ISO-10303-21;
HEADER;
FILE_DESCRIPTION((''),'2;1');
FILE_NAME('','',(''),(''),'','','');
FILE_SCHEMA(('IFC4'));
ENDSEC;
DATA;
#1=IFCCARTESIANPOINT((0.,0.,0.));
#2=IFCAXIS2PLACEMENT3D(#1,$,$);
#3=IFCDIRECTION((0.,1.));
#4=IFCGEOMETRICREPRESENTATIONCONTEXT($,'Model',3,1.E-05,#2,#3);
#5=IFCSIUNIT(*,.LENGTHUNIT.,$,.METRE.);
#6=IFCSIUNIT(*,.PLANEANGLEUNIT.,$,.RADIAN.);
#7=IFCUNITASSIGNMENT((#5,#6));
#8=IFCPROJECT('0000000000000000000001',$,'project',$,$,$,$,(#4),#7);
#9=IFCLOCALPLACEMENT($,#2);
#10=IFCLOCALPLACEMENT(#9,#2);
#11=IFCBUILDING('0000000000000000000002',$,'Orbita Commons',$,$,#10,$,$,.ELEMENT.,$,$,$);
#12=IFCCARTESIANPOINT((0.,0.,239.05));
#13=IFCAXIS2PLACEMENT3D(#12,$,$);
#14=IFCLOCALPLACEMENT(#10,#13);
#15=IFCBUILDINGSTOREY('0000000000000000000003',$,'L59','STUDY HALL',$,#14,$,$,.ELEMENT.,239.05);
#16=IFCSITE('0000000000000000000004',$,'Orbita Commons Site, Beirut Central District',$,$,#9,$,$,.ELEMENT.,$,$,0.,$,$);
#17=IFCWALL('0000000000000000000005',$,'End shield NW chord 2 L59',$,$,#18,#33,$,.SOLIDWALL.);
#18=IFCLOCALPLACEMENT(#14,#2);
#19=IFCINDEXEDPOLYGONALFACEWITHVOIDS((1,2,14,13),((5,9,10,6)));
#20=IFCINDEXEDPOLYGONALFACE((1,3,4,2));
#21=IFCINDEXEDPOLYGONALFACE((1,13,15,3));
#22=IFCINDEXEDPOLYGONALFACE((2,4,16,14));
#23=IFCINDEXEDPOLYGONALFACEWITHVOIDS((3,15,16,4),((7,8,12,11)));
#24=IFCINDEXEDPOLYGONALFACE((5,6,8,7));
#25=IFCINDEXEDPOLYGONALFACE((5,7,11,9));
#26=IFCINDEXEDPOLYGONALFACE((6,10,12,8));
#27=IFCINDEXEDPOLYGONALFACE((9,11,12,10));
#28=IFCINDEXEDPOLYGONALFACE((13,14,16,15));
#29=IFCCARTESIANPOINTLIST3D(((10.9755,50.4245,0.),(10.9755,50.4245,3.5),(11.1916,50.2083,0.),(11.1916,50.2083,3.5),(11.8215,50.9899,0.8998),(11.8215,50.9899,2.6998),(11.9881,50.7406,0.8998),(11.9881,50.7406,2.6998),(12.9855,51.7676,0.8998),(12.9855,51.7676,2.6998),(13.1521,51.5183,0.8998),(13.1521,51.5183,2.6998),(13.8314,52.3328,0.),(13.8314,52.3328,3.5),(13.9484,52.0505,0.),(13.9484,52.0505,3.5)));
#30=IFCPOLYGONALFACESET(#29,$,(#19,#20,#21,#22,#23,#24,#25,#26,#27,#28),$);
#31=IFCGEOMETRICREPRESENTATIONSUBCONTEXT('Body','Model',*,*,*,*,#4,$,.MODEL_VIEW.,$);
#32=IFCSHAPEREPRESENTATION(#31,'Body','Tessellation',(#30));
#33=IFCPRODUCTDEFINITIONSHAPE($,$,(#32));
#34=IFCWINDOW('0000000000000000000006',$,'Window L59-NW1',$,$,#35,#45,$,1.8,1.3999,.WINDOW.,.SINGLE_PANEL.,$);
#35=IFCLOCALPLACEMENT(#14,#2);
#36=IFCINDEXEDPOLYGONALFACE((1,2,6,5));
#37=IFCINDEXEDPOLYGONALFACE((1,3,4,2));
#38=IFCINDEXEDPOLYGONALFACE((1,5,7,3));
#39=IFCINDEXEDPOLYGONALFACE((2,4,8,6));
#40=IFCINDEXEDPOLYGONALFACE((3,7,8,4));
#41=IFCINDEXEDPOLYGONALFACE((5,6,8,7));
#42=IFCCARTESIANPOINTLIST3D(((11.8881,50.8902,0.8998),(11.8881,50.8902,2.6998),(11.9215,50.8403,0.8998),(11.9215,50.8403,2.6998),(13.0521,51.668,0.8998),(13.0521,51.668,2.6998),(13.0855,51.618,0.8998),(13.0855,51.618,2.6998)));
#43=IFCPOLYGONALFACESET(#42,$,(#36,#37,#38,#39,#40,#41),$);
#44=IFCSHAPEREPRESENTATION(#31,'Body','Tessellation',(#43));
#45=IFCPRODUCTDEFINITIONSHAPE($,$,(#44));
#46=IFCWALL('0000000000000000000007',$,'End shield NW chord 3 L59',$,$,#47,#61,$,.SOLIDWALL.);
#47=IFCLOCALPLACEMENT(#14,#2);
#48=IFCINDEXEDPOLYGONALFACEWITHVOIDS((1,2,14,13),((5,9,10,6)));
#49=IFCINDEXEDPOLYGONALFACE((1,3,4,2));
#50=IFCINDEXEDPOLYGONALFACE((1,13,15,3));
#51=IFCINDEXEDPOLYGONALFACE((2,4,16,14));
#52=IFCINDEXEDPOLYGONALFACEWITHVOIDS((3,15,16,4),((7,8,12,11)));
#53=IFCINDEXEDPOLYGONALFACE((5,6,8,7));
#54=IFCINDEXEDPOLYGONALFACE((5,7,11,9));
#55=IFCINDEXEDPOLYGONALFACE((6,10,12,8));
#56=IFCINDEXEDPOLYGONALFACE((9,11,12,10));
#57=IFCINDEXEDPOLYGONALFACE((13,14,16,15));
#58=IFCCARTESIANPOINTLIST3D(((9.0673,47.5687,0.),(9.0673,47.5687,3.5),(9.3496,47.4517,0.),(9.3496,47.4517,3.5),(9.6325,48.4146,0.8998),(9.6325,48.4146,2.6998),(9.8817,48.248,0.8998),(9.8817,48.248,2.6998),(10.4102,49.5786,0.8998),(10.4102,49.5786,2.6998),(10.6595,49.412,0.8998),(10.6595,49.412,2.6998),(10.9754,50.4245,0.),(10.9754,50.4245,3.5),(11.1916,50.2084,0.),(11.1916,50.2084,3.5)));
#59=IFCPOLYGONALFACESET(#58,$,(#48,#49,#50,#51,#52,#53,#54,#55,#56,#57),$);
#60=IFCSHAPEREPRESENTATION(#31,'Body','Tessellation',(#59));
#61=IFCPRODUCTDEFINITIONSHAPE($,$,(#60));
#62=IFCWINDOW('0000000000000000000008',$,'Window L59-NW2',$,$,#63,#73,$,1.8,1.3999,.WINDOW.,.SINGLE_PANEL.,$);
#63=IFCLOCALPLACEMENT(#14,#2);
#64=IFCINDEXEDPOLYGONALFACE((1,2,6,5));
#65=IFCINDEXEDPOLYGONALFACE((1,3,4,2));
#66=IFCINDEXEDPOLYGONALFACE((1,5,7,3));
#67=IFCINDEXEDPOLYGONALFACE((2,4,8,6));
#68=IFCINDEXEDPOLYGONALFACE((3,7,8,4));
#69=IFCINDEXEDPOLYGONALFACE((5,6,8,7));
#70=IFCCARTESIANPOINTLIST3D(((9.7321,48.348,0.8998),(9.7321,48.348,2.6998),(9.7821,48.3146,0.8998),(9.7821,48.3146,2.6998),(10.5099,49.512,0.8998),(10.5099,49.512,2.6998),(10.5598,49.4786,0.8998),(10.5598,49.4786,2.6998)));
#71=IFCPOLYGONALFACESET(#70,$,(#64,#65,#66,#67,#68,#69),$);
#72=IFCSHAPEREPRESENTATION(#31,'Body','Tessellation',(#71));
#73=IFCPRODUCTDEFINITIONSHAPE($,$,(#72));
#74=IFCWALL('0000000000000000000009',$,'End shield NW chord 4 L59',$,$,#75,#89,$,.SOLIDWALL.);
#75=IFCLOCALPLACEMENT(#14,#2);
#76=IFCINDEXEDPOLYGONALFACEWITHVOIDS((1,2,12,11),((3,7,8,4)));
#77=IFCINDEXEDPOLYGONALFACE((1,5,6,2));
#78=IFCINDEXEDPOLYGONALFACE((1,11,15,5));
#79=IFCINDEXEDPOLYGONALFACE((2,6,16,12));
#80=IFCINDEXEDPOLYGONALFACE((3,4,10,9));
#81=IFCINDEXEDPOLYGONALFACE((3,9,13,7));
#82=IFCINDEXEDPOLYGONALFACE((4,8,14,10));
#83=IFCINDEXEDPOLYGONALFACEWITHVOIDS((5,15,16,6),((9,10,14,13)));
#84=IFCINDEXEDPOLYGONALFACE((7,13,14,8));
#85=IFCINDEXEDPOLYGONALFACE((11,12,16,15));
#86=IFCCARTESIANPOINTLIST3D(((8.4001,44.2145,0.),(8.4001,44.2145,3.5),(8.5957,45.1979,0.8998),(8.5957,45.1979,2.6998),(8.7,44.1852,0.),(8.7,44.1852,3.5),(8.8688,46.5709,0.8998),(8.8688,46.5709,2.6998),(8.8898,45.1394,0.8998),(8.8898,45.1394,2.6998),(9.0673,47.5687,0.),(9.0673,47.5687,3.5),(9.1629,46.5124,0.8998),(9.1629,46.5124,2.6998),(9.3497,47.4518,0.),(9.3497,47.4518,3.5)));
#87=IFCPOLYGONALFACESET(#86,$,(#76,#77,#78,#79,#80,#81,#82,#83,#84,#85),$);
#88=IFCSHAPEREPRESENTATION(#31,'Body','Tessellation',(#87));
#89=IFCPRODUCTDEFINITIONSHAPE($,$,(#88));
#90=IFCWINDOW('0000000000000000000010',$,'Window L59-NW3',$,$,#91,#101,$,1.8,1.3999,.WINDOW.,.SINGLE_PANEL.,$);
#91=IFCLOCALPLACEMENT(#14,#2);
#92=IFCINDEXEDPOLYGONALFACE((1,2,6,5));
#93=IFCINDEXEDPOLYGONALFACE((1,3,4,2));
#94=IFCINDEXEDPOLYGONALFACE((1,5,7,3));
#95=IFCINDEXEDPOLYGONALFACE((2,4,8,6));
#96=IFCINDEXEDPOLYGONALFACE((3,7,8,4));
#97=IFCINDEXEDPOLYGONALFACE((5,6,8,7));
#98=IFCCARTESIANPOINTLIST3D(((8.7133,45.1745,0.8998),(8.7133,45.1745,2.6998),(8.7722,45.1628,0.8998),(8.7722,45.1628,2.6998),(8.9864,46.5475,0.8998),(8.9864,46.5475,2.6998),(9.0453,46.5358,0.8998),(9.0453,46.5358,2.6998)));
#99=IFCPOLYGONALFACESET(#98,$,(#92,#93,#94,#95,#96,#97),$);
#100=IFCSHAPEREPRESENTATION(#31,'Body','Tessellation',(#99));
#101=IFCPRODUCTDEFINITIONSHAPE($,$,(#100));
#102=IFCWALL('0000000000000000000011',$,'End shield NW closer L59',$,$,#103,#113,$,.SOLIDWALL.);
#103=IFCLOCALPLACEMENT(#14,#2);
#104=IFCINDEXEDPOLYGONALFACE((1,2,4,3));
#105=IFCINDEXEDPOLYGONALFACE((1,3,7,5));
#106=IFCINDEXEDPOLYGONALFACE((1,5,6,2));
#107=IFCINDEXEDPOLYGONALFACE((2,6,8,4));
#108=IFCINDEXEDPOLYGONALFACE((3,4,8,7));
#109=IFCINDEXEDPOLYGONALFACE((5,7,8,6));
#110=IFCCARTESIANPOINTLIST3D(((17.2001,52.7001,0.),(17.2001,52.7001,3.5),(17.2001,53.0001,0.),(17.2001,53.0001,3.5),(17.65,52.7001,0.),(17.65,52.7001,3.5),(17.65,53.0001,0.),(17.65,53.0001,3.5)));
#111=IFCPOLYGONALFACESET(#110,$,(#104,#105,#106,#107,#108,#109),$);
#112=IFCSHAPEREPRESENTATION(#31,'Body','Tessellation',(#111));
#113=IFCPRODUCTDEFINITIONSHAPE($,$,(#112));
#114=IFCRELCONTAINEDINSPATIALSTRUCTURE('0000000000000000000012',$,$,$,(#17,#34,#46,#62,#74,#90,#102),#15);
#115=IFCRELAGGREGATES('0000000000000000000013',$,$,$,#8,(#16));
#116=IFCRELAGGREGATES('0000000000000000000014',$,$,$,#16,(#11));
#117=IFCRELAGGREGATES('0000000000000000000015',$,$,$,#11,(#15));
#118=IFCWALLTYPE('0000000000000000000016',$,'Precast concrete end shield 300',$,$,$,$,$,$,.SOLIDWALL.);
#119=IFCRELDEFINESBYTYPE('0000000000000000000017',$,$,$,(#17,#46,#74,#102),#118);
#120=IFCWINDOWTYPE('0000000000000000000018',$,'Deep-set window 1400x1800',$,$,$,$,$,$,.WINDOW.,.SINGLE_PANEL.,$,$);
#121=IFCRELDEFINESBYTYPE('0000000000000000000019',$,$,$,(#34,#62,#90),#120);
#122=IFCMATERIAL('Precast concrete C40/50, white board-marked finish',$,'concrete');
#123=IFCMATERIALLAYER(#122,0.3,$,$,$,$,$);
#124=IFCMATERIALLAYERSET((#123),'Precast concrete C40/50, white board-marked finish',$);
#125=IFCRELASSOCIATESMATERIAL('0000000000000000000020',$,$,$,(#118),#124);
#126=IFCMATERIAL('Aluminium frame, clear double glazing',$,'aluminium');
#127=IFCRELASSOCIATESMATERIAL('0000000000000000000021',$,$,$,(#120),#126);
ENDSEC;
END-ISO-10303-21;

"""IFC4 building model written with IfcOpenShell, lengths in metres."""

from ifc_helpers import new_model, si_unit, direction, frame, frame_2d, origin, place, context, subcontext, project, spatial, polyline, rectangle, outline, extrude, material, layer, layer_set, type_object, element, fill, save


model = new_model("IFC4")

# Units and contexts
model_context = context("Model", 3, precision=1e-05, world=origin(), true_north=direction((0.0, 1.0)))
body_context = subcontext(model_context, "Body", "Model", "MODEL_VIEW")
ifc_project = project(units=[si_unit("LENGTHUNIT", "METRE"), si_unit("PLANEANGLEUNIT", "RADIAN")], contexts=[model_context])

# Site, building, storey
site_placement = place(None, origin())
site = spatial("IfcSite", under=ifc_project, at=site_placement, Name="Orbita Commons Site, Beirut Central District", CompositionType="ELEMENT", RefElevation=0.0)
building_placement = place(site_placement, origin())
building = spatial("IfcBuilding", under=site, at=building_placement, Name="Orbita Commons", CompositionType="ELEMENT")
storey_placement = place(building_placement, frame((0.0, 0.0, 239.05)))
storey = spatial("IfcBuildingStorey", under=building, at=storey_placement, Name="L59", Description="STUDY HALL", CompositionType="ELEMENT", Elevation=239.05)

# Walls, openings, windows
ifc_material_1 = material(Name="Precast concrete C40/50, white board-marked finish", Category="concrete")
ifc_layer_1 = layer(ifc_material_1, 0.3)
ifc_layer_set_1 = layer_set([ifc_layer_1], Name="Precast concrete C40/50, white board-marked finish")
wall_type_1 = type_object("IfcWallType", Name="Precast concrete end shield 300", PredefinedType="SOLIDWALL", material=ifc_layer_set_1)
ifc_material_2 = material(Name="Aluminium frame, clear double glazing", Category="aluminium")
window_type = type_object("IfcWindowType", Name="Deep-set window 1400x1800", PartitioningType="SINGLE_PANEL", PredefinedType="WINDOW", material=ifc_material_2)
wall_1_placement = place(storey_placement, frame((13.8899, 52.1917, 0.0), z_axis=(0.0, 0.0, 1.0), x_axis=(-0.83146, -0.555585, 0.0)))
wall_1 = element("IfcWall", 1, at=wall_1_placement, inside=storey, type_object=wall_type_1, Name="End shield NW chord 2 L59", PredefinedType="SOLIDWALL", context=body_context, shape_type="SweptSolid", body=[
    extrude(outline(polyline([(-0.0298, -0.1499), (3.405, -0.1499), (3.3455, 0.1499), (0.0298, 0.1499), (-0.0298, -0.1499)])), origin(), (0.0, 0.0, 1.0), 3.5),
])
opening_1_placement = place(wall_1_placement, frame((0.9875, 0.0, 0.8999)))
opening_1 = element("IfcOpeningElement", 2, at=opening_1_placement, cuts=wall_1, PredefinedType="OPENING", context=body_context, shape_type="SweptSolid", body=[
    extrude(rectangle(XDim=1.3999, YDim=1.8, at=frame_2d((0.7, 0.8999))), frame((0.0, 0.1599, 0.0), z_axis=(0.0, -1.0, 0.0), x_axis=(1.0, 0.0, 0.0)), (0.0, 0.0, 1.0), 0.3201),
])
window_1_placement = place(opening_1_placement, origin())
window_1 = element("IfcWindow", 3, at=window_1_placement, inside=storey, type_object=window_type, Name="Window L59-NW1", OverallHeight=1.8, OverallWidth=1.3999, PartitioningType="SINGLE_PANEL", PredefinedType="WINDOW", context=body_context, shape_type="SweptSolid", body=[
    extrude(rectangle(XDim=1.3999, YDim=1.8, at=frame_2d((0.7, 0.8999))), frame((0.0, 0.03, 0.0), z_axis=(0.0, -1.0, 0.0), x_axis=(1.0, 0.0, 0.0)), (0.0, 0.0, 1.0), 0.0601),
])
fill(opening_1, window_1)
wall_2_placement = place(storey_placement, frame((11.0835, 50.3164, 0.0), z_axis=(0.0, 0.0, 1.0), x_axis=(-0.555568, -0.831471, 0.0)))
wall_2 = element("IfcWall", 4, at=wall_2_placement, inside=storey, type_object=wall_type_1, Name="End shield NW chord 3 L59", PredefinedType="SOLIDWALL", context=body_context, shape_type="SweptSolid", body=[
    extrude(outline(polyline([(-0.0298, -0.1499), (3.4048, -0.1499), (3.3452, 0.1499), (0.0298, 0.1499), (-0.0298, -0.1499)])), origin(), (0.0, 0.0, 1.0), 3.5),
])
opening_2_placement = place(wall_2_placement, frame((0.9875, 0.0, 0.8999)))
opening_2 = element("IfcOpeningElement", 5, at=opening_2_placement, cuts=wall_2, PredefinedType="OPENING", context=body_context, shape_type="SweptSolid", body=[
    extrude(rectangle(XDim=1.3999, YDim=1.8, at=frame_2d((0.7, 0.8999))), frame((0.0, 0.1599, 0.0), z_axis=(0.0, -1.0, 0.0), x_axis=(1.0, 0.0, 0.0)), (0.0, 0.0, 1.0), 0.3201),
])
window_2_placement = place(opening_2_placement, origin())
window_2 = element("IfcWindow", 6, at=window_2_placement, inside=storey, type_object=window_type, Name="Window L59-NW2", OverallHeight=1.8, OverallWidth=1.3999, PartitioningType="SINGLE_PANEL", PredefinedType="WINDOW", context=body_context, shape_type="SweptSolid", body=[
    extrude(rectangle(XDim=1.3999, YDim=1.8, at=frame_2d((0.7, 0.8999))), frame((0.0, 0.03, 0.0), z_axis=(0.0, -1.0, 0.0), x_axis=(1.0, 0.0, 0.0)), (0.0, 0.0, 1.0), 0.0601),
])
fill(opening_2, window_2)
wall_3_placement = place(storey_placement, frame((9.2085, 47.5103, 0.0), z_axis=(0.0, 0.0, 1.0), x_axis=(-0.195087, -0.980786, 0.0)))
wall_3 = element("IfcWall", 7, at=wall_3_placement, inside=storey, type_object=wall_type_1, Name="End shield NW chord 4 L59", PredefinedType="SOLIDWALL", context=body_context, shape_type="SweptSolid", body=[
    extrude(outline(polyline([(-0.0298, -0.1499), (3.3901, -0.1499), (3.3604, 0.1499), (0.0298, 0.1499), (-0.0298, -0.1499)])), origin(), (0.0, 0.0, 1.0), 3.5),
])
opening_3_placement = place(wall_3_placement, frame((0.9875, 0.0, 0.8999)))
opening_3 = element("IfcOpeningElement", 8, at=opening_3_placement, cuts=wall_3, PredefinedType="OPENING", context=body_context, shape_type="SweptSolid", body=[
    extrude(rectangle(XDim=1.3999, YDim=1.8, at=frame_2d((0.7, 0.8999))), frame((0.0, 0.1599, 0.0), z_axis=(0.0, -1.0, 0.0), x_axis=(1.0, 0.0, 0.0)), (0.0, 0.0, 1.0), 0.3201),
])
window_3_placement = place(opening_3_placement, origin())
window_3 = element("IfcWindow", 9, at=window_3_placement, inside=storey, type_object=window_type, Name="Window L59-NW3", OverallHeight=1.8, OverallWidth=1.3999, PartitioningType="SINGLE_PANEL", PredefinedType="WINDOW", context=body_context, shape_type="SweptSolid", body=[
    extrude(rectangle(XDim=1.3999, YDim=1.8, at=frame_2d((0.7, 0.8999))), frame((0.0, 0.03, 0.0), z_axis=(0.0, -1.0, 0.0), x_axis=(1.0, 0.0, 0.0)), (0.0, 0.0, 1.0), 0.0601),
])
fill(opening_3, window_3)

# Wall
wall_4_placement = place(storey_placement, frame((17.2, 52.8501, 0.0), z_axis=(0.0, 0.0, 1.0), x_axis=(1.0, 0.0, 0.0)))
element("IfcWall", 10, at=wall_4_placement, inside=storey, type_object=wall_type_1, Name="End shield NW closer L59", PredefinedType="SOLIDWALL", context=body_context, shape_type="SweptSolid", body=[
    extrude(rectangle(XDim=0.45, YDim=0.3, at=frame_2d((0.2251, 0.0))), origin(), (0.0, 0.0, 1.0), 3.5),
])

save(model, "model.ifc")
